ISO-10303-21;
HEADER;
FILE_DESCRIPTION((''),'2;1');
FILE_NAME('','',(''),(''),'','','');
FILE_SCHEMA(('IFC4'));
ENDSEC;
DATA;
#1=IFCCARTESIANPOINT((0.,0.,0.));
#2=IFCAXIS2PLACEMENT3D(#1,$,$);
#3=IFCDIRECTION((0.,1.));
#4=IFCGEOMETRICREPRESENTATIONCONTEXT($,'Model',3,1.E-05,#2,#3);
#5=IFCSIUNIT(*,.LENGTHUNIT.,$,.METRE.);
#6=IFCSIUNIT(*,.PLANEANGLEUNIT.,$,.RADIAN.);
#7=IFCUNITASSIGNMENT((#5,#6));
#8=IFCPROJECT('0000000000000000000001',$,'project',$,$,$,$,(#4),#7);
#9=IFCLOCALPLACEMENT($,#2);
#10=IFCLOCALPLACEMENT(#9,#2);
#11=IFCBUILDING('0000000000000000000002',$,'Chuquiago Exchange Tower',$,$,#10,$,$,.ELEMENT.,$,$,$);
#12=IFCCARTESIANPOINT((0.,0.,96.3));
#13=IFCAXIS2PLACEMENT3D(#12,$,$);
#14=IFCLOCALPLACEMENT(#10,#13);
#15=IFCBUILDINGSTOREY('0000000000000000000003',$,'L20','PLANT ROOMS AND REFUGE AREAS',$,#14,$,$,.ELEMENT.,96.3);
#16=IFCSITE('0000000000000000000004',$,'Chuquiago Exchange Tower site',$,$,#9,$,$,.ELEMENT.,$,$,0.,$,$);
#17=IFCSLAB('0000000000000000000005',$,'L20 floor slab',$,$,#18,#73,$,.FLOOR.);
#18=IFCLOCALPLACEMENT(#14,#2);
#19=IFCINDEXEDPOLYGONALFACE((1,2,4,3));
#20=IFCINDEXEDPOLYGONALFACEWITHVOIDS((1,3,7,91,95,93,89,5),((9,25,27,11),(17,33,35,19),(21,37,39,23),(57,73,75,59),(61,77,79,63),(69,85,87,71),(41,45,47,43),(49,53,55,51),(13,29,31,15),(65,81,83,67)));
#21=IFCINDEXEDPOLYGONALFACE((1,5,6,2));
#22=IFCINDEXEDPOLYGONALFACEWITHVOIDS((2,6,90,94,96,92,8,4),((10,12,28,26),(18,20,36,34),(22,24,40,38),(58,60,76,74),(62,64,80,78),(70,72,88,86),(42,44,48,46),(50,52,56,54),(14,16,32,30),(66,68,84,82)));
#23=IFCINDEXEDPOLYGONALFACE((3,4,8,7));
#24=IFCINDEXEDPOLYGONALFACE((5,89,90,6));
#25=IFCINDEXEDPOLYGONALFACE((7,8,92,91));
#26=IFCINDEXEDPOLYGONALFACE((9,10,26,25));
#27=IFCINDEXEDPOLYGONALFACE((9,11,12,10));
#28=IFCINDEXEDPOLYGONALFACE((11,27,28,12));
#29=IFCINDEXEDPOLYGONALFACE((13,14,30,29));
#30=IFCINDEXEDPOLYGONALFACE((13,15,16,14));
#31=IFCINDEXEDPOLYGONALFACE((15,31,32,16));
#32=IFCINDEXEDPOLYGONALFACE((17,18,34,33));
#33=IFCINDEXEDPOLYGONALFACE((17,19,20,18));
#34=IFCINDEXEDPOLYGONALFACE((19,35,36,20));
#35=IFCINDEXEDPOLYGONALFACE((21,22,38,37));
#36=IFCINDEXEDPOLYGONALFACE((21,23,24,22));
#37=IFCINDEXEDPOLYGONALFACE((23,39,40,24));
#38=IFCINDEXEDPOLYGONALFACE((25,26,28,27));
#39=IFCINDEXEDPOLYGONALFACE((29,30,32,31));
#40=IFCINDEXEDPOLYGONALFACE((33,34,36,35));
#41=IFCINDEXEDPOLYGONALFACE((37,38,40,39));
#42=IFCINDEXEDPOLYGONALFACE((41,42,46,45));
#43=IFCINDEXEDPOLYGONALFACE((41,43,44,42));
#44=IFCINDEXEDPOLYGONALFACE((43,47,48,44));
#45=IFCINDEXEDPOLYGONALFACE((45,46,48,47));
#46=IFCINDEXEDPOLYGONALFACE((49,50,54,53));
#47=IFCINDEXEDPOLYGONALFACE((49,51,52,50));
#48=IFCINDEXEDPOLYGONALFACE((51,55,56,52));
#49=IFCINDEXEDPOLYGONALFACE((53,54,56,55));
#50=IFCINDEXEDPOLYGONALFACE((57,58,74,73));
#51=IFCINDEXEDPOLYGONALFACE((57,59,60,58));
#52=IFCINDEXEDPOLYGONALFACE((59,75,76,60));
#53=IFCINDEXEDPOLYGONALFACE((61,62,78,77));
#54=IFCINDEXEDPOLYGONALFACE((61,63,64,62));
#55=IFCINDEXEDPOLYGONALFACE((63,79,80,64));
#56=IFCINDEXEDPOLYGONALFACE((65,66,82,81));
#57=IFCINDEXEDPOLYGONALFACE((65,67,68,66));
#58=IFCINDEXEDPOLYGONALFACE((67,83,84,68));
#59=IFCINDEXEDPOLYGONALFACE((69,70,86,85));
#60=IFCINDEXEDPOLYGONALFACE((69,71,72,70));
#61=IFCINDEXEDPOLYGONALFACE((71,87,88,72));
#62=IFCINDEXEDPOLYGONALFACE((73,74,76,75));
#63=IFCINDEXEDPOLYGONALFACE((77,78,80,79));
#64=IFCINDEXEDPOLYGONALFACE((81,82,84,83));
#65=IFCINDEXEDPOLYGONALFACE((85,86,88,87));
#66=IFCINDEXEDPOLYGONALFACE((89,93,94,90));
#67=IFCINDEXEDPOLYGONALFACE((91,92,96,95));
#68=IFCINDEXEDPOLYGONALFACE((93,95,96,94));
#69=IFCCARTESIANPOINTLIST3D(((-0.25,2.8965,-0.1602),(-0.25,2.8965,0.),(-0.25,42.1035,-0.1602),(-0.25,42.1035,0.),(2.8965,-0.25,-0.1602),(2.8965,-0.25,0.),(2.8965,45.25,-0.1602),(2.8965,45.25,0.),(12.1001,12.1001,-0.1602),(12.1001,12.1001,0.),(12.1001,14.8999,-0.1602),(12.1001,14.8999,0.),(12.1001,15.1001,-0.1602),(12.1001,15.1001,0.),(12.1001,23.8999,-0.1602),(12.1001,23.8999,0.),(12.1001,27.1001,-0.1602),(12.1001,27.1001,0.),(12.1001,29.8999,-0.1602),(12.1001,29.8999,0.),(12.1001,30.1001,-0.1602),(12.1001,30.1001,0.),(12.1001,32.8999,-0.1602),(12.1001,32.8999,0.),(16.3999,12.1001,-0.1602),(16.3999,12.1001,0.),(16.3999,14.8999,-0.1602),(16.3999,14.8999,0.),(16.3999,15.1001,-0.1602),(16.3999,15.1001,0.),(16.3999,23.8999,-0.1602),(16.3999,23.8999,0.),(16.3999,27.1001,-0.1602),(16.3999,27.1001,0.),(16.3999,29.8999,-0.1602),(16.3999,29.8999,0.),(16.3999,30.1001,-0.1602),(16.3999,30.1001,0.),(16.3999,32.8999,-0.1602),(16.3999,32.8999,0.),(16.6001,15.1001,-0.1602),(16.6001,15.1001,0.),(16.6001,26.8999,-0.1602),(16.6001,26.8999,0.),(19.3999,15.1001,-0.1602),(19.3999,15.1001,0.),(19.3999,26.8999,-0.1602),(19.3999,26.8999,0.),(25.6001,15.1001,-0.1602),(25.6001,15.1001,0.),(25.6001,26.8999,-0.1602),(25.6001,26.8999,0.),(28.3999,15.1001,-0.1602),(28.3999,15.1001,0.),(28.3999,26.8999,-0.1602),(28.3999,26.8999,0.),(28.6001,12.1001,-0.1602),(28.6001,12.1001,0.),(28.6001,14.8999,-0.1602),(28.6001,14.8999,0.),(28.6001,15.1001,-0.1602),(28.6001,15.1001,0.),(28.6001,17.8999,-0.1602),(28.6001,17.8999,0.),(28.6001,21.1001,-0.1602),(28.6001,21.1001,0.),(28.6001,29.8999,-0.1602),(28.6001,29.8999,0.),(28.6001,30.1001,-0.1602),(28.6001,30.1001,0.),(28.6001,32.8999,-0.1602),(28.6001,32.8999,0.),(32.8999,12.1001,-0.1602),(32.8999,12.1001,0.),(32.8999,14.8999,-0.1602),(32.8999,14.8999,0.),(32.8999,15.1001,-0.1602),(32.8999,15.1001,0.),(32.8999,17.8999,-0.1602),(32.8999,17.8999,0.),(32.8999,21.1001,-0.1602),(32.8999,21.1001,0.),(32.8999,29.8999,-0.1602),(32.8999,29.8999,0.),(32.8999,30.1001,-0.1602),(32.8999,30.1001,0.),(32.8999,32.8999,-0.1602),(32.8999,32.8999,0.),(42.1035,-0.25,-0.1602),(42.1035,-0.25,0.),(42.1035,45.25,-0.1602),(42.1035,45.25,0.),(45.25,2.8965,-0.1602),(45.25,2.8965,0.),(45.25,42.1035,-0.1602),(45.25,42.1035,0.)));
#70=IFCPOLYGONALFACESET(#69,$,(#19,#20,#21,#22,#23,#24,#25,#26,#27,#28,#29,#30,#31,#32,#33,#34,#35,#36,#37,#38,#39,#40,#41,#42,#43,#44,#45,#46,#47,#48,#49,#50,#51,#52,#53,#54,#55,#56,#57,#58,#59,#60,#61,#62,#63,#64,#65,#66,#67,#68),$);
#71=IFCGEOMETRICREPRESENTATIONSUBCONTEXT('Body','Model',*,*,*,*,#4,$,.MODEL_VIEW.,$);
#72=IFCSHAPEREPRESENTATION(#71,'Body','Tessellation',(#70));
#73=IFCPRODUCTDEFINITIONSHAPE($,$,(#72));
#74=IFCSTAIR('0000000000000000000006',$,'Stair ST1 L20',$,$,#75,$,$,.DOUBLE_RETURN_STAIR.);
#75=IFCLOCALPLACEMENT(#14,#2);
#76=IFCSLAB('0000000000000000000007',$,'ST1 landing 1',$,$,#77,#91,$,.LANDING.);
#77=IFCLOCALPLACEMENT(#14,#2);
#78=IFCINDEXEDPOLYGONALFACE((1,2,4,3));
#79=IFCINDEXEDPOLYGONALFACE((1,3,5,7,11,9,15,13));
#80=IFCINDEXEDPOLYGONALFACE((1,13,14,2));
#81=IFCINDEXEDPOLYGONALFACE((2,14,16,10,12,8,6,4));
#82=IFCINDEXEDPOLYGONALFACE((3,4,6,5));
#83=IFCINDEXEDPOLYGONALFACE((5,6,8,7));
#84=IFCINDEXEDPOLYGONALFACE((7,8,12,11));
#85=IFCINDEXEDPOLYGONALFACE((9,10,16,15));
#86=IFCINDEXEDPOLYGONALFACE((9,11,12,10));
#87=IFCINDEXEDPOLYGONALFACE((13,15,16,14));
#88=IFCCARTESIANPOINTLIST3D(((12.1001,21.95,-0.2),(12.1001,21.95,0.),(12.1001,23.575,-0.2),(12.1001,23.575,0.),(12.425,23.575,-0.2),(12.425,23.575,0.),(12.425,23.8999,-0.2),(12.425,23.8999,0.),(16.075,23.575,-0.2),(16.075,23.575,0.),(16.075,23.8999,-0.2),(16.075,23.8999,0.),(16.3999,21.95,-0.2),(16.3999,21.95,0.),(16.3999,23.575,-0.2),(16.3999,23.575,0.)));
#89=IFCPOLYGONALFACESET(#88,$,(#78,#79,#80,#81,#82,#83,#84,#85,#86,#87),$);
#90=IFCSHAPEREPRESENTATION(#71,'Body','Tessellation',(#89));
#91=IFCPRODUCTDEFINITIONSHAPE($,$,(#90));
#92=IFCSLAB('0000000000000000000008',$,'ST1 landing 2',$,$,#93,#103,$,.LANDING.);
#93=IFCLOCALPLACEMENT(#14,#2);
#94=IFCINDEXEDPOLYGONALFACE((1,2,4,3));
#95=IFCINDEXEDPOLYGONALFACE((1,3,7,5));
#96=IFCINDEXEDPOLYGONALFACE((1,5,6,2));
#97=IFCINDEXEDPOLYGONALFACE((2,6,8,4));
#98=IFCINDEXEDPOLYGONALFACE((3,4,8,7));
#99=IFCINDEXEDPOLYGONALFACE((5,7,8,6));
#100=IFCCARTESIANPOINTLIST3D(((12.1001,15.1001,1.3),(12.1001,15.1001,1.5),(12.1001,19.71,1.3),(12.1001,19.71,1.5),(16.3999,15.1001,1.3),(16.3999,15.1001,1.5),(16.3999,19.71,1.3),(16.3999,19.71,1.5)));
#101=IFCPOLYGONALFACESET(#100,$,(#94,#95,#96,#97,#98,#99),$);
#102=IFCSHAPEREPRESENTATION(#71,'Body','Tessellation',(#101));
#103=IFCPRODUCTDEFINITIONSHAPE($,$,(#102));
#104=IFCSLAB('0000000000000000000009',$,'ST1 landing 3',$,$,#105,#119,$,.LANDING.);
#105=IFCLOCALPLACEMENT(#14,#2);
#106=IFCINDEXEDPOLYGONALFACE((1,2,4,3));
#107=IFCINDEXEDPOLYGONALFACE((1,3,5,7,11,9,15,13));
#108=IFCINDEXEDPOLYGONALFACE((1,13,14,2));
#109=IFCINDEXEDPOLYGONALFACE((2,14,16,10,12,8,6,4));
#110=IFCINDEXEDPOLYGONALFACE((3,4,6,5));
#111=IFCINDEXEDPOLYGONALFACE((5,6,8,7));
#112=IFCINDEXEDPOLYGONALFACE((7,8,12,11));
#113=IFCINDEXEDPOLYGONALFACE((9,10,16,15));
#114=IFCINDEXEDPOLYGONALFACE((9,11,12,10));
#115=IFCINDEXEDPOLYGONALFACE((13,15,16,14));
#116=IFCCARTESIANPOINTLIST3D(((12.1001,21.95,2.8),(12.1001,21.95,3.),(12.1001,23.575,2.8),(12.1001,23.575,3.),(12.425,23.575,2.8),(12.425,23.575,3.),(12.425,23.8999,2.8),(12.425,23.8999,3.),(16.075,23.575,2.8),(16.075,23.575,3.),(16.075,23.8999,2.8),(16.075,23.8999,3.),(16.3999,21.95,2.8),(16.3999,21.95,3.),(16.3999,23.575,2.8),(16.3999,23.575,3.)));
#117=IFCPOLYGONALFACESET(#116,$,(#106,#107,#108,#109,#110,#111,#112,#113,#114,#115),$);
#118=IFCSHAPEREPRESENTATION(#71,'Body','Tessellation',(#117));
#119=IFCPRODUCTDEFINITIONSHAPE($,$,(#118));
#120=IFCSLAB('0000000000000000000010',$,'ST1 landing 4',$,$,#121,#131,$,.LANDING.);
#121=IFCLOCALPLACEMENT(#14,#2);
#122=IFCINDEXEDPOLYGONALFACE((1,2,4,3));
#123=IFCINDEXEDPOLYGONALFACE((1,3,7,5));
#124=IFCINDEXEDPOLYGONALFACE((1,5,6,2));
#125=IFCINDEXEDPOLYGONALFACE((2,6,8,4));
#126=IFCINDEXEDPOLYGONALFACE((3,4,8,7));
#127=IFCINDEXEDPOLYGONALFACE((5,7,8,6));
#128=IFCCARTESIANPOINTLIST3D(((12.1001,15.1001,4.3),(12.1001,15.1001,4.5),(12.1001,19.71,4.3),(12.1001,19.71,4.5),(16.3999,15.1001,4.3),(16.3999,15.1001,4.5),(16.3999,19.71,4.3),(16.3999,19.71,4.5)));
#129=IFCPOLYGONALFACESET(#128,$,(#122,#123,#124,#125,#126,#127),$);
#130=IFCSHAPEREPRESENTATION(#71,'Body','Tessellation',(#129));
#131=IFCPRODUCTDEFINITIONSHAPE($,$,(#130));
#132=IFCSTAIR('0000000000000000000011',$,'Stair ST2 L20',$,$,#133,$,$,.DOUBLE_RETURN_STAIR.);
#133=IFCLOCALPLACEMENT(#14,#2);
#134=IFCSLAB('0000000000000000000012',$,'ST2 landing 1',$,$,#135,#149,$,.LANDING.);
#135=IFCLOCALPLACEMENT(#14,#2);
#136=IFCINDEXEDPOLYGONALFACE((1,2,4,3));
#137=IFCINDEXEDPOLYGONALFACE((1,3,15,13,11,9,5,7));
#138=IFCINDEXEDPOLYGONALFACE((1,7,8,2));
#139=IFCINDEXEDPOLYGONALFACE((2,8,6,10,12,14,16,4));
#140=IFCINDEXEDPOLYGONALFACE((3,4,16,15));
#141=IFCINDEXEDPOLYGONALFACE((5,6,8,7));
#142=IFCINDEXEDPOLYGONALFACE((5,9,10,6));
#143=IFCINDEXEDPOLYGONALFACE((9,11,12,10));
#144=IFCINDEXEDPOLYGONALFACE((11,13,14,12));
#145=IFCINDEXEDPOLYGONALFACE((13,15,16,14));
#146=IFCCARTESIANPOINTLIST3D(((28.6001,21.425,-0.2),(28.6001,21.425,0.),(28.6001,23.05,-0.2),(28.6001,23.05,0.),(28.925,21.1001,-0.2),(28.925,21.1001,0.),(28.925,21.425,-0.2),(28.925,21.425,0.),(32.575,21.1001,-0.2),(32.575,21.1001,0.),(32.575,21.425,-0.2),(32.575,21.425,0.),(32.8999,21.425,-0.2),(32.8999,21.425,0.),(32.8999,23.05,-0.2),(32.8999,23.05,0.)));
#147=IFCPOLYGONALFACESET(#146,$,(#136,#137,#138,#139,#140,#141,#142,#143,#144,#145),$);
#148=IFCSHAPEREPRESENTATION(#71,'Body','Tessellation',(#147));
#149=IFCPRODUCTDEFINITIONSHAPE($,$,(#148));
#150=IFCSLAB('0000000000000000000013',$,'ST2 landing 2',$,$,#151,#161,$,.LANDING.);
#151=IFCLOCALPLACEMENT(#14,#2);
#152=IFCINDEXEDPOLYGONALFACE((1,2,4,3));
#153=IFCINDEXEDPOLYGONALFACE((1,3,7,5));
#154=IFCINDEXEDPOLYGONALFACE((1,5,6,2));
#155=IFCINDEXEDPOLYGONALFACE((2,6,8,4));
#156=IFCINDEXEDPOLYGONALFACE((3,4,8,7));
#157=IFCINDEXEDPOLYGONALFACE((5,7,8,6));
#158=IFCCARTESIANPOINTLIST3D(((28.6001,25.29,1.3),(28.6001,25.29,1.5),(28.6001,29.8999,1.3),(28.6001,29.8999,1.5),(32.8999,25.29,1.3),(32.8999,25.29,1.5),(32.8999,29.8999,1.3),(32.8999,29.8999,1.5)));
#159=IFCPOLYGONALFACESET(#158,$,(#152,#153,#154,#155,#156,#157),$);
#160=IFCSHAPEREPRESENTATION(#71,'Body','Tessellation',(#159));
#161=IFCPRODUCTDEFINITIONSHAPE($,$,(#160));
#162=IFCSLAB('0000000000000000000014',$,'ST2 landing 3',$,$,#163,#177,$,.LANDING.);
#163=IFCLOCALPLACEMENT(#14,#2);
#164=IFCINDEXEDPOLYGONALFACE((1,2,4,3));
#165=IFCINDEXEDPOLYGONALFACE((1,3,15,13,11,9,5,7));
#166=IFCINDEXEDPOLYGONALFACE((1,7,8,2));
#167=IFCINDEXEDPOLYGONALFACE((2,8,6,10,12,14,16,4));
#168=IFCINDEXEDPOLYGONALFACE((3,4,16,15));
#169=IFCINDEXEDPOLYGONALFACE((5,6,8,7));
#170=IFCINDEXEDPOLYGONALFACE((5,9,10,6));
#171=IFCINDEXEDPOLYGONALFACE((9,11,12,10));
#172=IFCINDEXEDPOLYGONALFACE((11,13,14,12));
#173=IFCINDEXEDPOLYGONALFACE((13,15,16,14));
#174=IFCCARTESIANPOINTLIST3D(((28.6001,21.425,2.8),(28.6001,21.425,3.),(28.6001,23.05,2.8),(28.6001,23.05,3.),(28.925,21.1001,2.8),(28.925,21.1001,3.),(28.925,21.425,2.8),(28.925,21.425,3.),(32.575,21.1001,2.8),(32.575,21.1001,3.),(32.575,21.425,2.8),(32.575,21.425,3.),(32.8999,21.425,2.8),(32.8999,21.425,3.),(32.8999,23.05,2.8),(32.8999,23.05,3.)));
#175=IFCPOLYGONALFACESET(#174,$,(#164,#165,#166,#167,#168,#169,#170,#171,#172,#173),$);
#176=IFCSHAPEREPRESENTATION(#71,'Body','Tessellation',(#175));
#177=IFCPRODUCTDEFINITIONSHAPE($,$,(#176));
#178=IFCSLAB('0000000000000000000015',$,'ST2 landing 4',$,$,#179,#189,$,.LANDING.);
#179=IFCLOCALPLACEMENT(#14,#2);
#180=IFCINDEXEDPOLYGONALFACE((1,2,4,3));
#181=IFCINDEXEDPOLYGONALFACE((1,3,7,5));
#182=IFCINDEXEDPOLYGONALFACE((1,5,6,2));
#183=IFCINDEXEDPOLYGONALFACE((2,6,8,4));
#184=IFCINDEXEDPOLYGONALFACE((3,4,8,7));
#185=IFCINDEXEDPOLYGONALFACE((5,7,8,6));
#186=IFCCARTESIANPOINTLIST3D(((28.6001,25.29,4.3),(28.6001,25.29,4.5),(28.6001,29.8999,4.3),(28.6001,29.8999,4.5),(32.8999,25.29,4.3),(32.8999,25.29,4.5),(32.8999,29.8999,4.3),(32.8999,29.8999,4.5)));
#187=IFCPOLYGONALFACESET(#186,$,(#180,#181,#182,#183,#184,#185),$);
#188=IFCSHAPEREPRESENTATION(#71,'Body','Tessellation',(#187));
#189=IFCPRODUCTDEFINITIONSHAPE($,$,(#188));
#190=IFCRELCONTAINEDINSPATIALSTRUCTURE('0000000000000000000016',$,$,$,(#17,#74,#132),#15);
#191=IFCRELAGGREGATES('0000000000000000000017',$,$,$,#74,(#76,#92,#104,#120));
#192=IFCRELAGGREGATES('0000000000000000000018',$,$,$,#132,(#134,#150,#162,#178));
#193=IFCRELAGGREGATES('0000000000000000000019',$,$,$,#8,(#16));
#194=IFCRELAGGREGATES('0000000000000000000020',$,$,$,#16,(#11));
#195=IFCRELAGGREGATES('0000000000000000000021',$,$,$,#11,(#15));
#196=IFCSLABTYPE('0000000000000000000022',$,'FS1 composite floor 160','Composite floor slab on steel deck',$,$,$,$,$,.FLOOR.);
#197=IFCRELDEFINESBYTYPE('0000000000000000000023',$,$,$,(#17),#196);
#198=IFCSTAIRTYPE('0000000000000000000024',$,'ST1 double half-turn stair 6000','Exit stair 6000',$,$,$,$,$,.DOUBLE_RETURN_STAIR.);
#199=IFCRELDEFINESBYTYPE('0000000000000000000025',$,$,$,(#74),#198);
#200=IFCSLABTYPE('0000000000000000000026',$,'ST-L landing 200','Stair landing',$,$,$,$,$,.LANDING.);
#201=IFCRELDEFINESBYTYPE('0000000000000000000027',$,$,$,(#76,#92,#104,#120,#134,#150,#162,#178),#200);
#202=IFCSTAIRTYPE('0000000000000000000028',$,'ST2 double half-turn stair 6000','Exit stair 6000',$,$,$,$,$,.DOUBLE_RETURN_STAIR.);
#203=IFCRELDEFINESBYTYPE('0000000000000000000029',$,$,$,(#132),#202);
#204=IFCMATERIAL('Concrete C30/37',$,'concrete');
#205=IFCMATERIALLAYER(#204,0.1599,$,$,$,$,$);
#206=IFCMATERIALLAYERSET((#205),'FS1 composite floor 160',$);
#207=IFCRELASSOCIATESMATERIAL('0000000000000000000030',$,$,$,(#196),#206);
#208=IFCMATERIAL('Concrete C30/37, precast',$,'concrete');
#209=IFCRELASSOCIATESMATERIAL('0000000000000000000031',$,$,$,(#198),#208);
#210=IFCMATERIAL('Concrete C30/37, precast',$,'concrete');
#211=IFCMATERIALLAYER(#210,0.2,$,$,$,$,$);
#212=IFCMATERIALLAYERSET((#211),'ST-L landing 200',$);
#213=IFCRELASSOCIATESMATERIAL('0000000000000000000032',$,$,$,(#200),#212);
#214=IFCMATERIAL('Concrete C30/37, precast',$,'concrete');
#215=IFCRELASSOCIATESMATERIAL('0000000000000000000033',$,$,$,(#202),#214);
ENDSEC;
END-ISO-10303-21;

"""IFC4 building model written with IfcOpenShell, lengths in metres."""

from ifc_helpers import new_model, si_unit, direction, frame, origin, place, context, subcontext, project, spatial, polyline, outline, extrude, material, layer, layer_set, type_object, element, aggregate, save


model = new_model("IFC4")

# Units and contexts
model_context = context("Model", 3, precision=1e-05, world=origin(), true_north=direction((0.0, 1.0)))
body_context = subcontext(model_context, "Body", "Model", "MODEL_VIEW")
ifc_project = project(units=[si_unit("LENGTHUNIT", "METRE"), si_unit("PLANEANGLEUNIT", "RADIAN")], contexts=[model_context])

# Site, building, storey
site_placement = place(None, origin())
site = spatial("IfcSite", under=ifc_project, at=site_placement, Name="Chuquiago Exchange Tower site", CompositionType="ELEMENT", RefElevation=0.0)
building_placement = place(site_placement, origin())
building = spatial("IfcBuilding", under=site, at=building_placement, Name="Chuquiago Exchange Tower", CompositionType="ELEMENT")
storey_placement = place(building_placement, frame((0.0, 0.0, 96.3)))
storey = spatial("IfcBuildingStorey", under=building, at=storey_placement, Name="L20", Description="PLANT ROOMS AND REFUGE AREAS", CompositionType="ELEMENT", Elevation=96.3)

# Slab
ifc_material_1 = material(Name="Concrete C30/37", Category="concrete")
ifc_layer_1 = layer(ifc_material_1, 0.1599)
ifc_layer_set_1 = layer_set([ifc_layer_1], Name="FS1 composite floor 160")
slab_type_1 = type_object("IfcSlabType", Name="FS1 composite floor 160", Description="Composite floor slab on steel deck", PredefinedType="FLOOR", material=ifc_layer_set_1)
slab_1_placement = place(storey_placement, frame((0.0, 0.0, -0.1602)))
element("IfcSlab", 1, at=slab_1_placement, inside=storey, type_object=slab_type_1, Name="L20 floor slab", PredefinedType="FLOOR", context=body_context, shape_type="SweptSolid", body=[
    extrude(outline(polyline([(2.8965, -0.25), (-0.25, 2.8965), (-0.25, 42.1035), (2.8965, 45.25), (42.1035, 45.25), (45.25, 42.1035), (45.25, 2.8965), (42.1035, -0.25), (2.8965, -0.25)]), holes=[polyline([(16.3999, 15.1001), (12.1001, 15.1001), (12.1001, 23.8999), (16.3999, 23.8999), (16.3999, 15.1001)]), polyline([(32.8999, 21.1001), (28.6001, 21.1001), (28.6001, 29.8999), (32.8999, 29.8999), (32.8999, 21.1001)]), polyline([(16.3999, 12.1001), (12.1001, 12.1001), (12.1001, 14.8999), (16.3999, 14.8999), (16.3999, 12.1001)]), polyline([(16.3999, 30.1001), (12.1001, 30.1001), (12.1001, 32.8999), (16.3999, 32.8999), (16.3999, 30.1001)]), polyline([(32.8999, 12.1001), (28.6001, 12.1001), (28.6001, 14.8999), (32.8999, 14.8999), (32.8999, 12.1001)]), polyline([(32.8999, 30.1001), (28.6001, 30.1001), (28.6001, 32.8999), (32.8999, 32.8999), (32.8999, 30.1001)]), polyline([(16.3999, 27.1001), (12.1001, 27.1001), (12.1001, 29.8999), (16.3999, 29.8999), (16.3999, 27.1001)]), polyline([(32.8999, 15.1001), (28.6001, 15.1001), (28.6001, 17.8999), (32.8999, 17.8999), (32.8999, 15.1001)]), polyline([(19.3999, 15.1001), (16.6001, 15.1001), (16.6001, 26.8999), (19.3999, 26.8999), (19.3999, 15.1001)]), polyline([(28.3999, 15.1001), (25.6001, 15.1001), (25.6001, 26.8999), (28.3999, 26.8999), (28.3999, 15.1001)])]), origin(), (0.0, 0.0, 1.0), 0.1602),
])

# Stairs, slabs
ifc_material_2 = material(Name="Concrete C30/37, precast", Category="concrete")
stair_type_1 = type_object("IfcStairType", Name="ST1 double half-turn stair 6000", Description="Exit stair 6000", PredefinedType="DOUBLE_RETURN_STAIR", material=ifc_material_2)
stair_1_placement = place(storey_placement, origin())
stair_1 = element("IfcStair", 2, at=stair_1_placement, inside=storey, type_object=stair_type_1, Name="Stair ST1 L20", PredefinedType="DOUBLE_RETURN_STAIR")
ifc_material_3 = material(Name="Concrete C30/37, precast", Category="concrete")
ifc_layer_2 = layer(ifc_material_3, 0.2)
ifc_layer_set_2 = layer_set([ifc_layer_2], Name="ST-L landing 200")
slab_type_2 = type_object("IfcSlabType", Name="ST-L landing 200", Description="Stair landing", PredefinedType="LANDING", material=ifc_layer_set_2)
slab_2_placement = place(storey_placement, frame((0.0, 0.0, -0.2)))
slab_2 = element("IfcSlab", 3, at=slab_2_placement, type_object=slab_type_2, Name="ST1 landing 1", PredefinedType="LANDING", context=body_context, shape_type="SweptSolid", body=[
    extrude(outline(polyline([(12.425, 23.8999), (16.075, 23.8999), (16.075, 23.575), (16.3999, 23.575), (16.3999, 21.95), (12.1001, 21.95), (12.1001, 23.575), (12.425, 23.575), (12.425, 23.8999)])), origin(), (0.0, 0.0, 1.0), 0.2),
])
slab_3_placement = place(storey_placement, frame((0.0, 0.0, 1.3)))
slab_3 = element("IfcSlab", 4, at=slab_3_placement, type_object=slab_type_2, Name="ST1 landing 2", PredefinedType="LANDING", context=body_context, shape_type="SweptSolid", body=[
    extrude(outline(polyline([(12.1001, 19.71), (16.3999, 19.71), (16.3999, 15.1001), (12.1001, 15.1001), (12.1001, 19.71)])), origin(), (0.0, 0.0, 1.0), 0.2),
])
slab_4_placement = place(storey_placement, frame((0.0, 0.0, 2.8)))
slab_4 = element("IfcSlab", 5, at=slab_4_placement, type_object=slab_type_2, Name="ST1 landing 3", PredefinedType="LANDING", context=body_context, shape_type="SweptSolid", body=[
    extrude(outline(polyline([(12.425, 23.8999), (16.075, 23.8999), (16.075, 23.575), (16.3999, 23.575), (16.3999, 21.95), (12.1001, 21.95), (12.1001, 23.575), (12.425, 23.575), (12.425, 23.8999)])), origin(), (0.0, 0.0, 1.0), 0.2),
])
slab_5_placement = place(storey_placement, frame((0.0, 0.0, 4.3)))
slab_5 = element("IfcSlab", 6, at=slab_5_placement, type_object=slab_type_2, Name="ST1 landing 4", PredefinedType="LANDING", context=body_context, shape_type="SweptSolid", body=[
    extrude(outline(polyline([(12.1001, 19.71), (16.3999, 19.71), (16.3999, 15.1001), (12.1001, 15.1001), (12.1001, 19.71)])), origin(), (0.0, 0.0, 1.0), 0.2),
])
aggregate(stair_1, [slab_2, slab_3, slab_4, slab_5])
ifc_material_4 = material(Name="Concrete C30/37, precast", Category="concrete")
stair_type_2 = type_object("IfcStairType", Name="ST2 double half-turn stair 6000", Description="Exit stair 6000", PredefinedType="DOUBLE_RETURN_STAIR", material=ifc_material_4)
stair_2_placement = place(storey_placement, origin())
stair_2 = element("IfcStair", 7, at=stair_2_placement, inside=storey, type_object=stair_type_2, Name="Stair ST2 L20", PredefinedType="DOUBLE_RETURN_STAIR")
slab_6_placement = place(storey_placement, frame((0.0, 0.0, -0.2)))
slab_6 = element("IfcSlab", 8, at=slab_6_placement, type_object=slab_type_2, Name="ST2 landing 1", PredefinedType="LANDING", context=body_context, shape_type="SweptSolid", body=[
    extrude(outline(polyline([(32.575, 21.425), (32.575, 21.1001), (28.925, 21.1001), (28.925, 21.425), (28.6001, 21.425), (28.6001, 23.05), (32.8999, 23.05), (32.8999, 21.425), (32.575, 21.425)])), origin(), (0.0, 0.0, 1.0), 0.2),
])
slab_7_placement = place(storey_placement, frame((0.0, 0.0, 1.3)))
slab_7 = element("IfcSlab", 9, at=slab_7_placement, type_object=slab_type_2, Name="ST2 landing 2", PredefinedType="LANDING", context=body_context, shape_type="SweptSolid", body=[
    extrude(outline(polyline([(28.6001, 29.8999), (32.8999, 29.8999), (32.8999, 25.29), (28.6001, 25.29), (28.6001, 29.8999)])), origin(), (0.0, 0.0, 1.0), 0.2),
])
slab_8_placement = place(storey_placement, frame((0.0, 0.0, 2.8)))
slab_8 = element("IfcSlab", 10, at=slab_8_placement, type_object=slab_type_2, Name="ST2 landing 3", PredefinedType="LANDING", context=body_context, shape_type="SweptSolid", body=[
    extrude(outline(polyline([(32.575, 21.425), (32.575, 21.1001), (28.925, 21.1001), (28.925, 21.425), (28.6001, 21.425), (28.6001, 23.05), (32.8999, 23.05), (32.8999, 21.425), (32.575, 21.425)])), origin(), (0.0, 0.0, 1.0), 0.2),
])
slab_9_placement = place(storey_placement, frame((0.0, 0.0, 4.3)))
slab_9 = element("IfcSlab", 11, at=slab_9_placement, type_object=slab_type_2, Name="ST2 landing 4", PredefinedType="LANDING", context=body_context, shape_type="SweptSolid", body=[
    extrude(outline(polyline([(28.6001, 29.8999), (32.8999, 29.8999), (32.8999, 25.29), (28.6001, 25.29), (28.6001, 29.8999)])), origin(), (0.0, 0.0, 1.0), 0.2),
])
aggregate(stair_2, [slab_6, slab_7, slab_8, slab_9])

save(model, "model.ifc")
